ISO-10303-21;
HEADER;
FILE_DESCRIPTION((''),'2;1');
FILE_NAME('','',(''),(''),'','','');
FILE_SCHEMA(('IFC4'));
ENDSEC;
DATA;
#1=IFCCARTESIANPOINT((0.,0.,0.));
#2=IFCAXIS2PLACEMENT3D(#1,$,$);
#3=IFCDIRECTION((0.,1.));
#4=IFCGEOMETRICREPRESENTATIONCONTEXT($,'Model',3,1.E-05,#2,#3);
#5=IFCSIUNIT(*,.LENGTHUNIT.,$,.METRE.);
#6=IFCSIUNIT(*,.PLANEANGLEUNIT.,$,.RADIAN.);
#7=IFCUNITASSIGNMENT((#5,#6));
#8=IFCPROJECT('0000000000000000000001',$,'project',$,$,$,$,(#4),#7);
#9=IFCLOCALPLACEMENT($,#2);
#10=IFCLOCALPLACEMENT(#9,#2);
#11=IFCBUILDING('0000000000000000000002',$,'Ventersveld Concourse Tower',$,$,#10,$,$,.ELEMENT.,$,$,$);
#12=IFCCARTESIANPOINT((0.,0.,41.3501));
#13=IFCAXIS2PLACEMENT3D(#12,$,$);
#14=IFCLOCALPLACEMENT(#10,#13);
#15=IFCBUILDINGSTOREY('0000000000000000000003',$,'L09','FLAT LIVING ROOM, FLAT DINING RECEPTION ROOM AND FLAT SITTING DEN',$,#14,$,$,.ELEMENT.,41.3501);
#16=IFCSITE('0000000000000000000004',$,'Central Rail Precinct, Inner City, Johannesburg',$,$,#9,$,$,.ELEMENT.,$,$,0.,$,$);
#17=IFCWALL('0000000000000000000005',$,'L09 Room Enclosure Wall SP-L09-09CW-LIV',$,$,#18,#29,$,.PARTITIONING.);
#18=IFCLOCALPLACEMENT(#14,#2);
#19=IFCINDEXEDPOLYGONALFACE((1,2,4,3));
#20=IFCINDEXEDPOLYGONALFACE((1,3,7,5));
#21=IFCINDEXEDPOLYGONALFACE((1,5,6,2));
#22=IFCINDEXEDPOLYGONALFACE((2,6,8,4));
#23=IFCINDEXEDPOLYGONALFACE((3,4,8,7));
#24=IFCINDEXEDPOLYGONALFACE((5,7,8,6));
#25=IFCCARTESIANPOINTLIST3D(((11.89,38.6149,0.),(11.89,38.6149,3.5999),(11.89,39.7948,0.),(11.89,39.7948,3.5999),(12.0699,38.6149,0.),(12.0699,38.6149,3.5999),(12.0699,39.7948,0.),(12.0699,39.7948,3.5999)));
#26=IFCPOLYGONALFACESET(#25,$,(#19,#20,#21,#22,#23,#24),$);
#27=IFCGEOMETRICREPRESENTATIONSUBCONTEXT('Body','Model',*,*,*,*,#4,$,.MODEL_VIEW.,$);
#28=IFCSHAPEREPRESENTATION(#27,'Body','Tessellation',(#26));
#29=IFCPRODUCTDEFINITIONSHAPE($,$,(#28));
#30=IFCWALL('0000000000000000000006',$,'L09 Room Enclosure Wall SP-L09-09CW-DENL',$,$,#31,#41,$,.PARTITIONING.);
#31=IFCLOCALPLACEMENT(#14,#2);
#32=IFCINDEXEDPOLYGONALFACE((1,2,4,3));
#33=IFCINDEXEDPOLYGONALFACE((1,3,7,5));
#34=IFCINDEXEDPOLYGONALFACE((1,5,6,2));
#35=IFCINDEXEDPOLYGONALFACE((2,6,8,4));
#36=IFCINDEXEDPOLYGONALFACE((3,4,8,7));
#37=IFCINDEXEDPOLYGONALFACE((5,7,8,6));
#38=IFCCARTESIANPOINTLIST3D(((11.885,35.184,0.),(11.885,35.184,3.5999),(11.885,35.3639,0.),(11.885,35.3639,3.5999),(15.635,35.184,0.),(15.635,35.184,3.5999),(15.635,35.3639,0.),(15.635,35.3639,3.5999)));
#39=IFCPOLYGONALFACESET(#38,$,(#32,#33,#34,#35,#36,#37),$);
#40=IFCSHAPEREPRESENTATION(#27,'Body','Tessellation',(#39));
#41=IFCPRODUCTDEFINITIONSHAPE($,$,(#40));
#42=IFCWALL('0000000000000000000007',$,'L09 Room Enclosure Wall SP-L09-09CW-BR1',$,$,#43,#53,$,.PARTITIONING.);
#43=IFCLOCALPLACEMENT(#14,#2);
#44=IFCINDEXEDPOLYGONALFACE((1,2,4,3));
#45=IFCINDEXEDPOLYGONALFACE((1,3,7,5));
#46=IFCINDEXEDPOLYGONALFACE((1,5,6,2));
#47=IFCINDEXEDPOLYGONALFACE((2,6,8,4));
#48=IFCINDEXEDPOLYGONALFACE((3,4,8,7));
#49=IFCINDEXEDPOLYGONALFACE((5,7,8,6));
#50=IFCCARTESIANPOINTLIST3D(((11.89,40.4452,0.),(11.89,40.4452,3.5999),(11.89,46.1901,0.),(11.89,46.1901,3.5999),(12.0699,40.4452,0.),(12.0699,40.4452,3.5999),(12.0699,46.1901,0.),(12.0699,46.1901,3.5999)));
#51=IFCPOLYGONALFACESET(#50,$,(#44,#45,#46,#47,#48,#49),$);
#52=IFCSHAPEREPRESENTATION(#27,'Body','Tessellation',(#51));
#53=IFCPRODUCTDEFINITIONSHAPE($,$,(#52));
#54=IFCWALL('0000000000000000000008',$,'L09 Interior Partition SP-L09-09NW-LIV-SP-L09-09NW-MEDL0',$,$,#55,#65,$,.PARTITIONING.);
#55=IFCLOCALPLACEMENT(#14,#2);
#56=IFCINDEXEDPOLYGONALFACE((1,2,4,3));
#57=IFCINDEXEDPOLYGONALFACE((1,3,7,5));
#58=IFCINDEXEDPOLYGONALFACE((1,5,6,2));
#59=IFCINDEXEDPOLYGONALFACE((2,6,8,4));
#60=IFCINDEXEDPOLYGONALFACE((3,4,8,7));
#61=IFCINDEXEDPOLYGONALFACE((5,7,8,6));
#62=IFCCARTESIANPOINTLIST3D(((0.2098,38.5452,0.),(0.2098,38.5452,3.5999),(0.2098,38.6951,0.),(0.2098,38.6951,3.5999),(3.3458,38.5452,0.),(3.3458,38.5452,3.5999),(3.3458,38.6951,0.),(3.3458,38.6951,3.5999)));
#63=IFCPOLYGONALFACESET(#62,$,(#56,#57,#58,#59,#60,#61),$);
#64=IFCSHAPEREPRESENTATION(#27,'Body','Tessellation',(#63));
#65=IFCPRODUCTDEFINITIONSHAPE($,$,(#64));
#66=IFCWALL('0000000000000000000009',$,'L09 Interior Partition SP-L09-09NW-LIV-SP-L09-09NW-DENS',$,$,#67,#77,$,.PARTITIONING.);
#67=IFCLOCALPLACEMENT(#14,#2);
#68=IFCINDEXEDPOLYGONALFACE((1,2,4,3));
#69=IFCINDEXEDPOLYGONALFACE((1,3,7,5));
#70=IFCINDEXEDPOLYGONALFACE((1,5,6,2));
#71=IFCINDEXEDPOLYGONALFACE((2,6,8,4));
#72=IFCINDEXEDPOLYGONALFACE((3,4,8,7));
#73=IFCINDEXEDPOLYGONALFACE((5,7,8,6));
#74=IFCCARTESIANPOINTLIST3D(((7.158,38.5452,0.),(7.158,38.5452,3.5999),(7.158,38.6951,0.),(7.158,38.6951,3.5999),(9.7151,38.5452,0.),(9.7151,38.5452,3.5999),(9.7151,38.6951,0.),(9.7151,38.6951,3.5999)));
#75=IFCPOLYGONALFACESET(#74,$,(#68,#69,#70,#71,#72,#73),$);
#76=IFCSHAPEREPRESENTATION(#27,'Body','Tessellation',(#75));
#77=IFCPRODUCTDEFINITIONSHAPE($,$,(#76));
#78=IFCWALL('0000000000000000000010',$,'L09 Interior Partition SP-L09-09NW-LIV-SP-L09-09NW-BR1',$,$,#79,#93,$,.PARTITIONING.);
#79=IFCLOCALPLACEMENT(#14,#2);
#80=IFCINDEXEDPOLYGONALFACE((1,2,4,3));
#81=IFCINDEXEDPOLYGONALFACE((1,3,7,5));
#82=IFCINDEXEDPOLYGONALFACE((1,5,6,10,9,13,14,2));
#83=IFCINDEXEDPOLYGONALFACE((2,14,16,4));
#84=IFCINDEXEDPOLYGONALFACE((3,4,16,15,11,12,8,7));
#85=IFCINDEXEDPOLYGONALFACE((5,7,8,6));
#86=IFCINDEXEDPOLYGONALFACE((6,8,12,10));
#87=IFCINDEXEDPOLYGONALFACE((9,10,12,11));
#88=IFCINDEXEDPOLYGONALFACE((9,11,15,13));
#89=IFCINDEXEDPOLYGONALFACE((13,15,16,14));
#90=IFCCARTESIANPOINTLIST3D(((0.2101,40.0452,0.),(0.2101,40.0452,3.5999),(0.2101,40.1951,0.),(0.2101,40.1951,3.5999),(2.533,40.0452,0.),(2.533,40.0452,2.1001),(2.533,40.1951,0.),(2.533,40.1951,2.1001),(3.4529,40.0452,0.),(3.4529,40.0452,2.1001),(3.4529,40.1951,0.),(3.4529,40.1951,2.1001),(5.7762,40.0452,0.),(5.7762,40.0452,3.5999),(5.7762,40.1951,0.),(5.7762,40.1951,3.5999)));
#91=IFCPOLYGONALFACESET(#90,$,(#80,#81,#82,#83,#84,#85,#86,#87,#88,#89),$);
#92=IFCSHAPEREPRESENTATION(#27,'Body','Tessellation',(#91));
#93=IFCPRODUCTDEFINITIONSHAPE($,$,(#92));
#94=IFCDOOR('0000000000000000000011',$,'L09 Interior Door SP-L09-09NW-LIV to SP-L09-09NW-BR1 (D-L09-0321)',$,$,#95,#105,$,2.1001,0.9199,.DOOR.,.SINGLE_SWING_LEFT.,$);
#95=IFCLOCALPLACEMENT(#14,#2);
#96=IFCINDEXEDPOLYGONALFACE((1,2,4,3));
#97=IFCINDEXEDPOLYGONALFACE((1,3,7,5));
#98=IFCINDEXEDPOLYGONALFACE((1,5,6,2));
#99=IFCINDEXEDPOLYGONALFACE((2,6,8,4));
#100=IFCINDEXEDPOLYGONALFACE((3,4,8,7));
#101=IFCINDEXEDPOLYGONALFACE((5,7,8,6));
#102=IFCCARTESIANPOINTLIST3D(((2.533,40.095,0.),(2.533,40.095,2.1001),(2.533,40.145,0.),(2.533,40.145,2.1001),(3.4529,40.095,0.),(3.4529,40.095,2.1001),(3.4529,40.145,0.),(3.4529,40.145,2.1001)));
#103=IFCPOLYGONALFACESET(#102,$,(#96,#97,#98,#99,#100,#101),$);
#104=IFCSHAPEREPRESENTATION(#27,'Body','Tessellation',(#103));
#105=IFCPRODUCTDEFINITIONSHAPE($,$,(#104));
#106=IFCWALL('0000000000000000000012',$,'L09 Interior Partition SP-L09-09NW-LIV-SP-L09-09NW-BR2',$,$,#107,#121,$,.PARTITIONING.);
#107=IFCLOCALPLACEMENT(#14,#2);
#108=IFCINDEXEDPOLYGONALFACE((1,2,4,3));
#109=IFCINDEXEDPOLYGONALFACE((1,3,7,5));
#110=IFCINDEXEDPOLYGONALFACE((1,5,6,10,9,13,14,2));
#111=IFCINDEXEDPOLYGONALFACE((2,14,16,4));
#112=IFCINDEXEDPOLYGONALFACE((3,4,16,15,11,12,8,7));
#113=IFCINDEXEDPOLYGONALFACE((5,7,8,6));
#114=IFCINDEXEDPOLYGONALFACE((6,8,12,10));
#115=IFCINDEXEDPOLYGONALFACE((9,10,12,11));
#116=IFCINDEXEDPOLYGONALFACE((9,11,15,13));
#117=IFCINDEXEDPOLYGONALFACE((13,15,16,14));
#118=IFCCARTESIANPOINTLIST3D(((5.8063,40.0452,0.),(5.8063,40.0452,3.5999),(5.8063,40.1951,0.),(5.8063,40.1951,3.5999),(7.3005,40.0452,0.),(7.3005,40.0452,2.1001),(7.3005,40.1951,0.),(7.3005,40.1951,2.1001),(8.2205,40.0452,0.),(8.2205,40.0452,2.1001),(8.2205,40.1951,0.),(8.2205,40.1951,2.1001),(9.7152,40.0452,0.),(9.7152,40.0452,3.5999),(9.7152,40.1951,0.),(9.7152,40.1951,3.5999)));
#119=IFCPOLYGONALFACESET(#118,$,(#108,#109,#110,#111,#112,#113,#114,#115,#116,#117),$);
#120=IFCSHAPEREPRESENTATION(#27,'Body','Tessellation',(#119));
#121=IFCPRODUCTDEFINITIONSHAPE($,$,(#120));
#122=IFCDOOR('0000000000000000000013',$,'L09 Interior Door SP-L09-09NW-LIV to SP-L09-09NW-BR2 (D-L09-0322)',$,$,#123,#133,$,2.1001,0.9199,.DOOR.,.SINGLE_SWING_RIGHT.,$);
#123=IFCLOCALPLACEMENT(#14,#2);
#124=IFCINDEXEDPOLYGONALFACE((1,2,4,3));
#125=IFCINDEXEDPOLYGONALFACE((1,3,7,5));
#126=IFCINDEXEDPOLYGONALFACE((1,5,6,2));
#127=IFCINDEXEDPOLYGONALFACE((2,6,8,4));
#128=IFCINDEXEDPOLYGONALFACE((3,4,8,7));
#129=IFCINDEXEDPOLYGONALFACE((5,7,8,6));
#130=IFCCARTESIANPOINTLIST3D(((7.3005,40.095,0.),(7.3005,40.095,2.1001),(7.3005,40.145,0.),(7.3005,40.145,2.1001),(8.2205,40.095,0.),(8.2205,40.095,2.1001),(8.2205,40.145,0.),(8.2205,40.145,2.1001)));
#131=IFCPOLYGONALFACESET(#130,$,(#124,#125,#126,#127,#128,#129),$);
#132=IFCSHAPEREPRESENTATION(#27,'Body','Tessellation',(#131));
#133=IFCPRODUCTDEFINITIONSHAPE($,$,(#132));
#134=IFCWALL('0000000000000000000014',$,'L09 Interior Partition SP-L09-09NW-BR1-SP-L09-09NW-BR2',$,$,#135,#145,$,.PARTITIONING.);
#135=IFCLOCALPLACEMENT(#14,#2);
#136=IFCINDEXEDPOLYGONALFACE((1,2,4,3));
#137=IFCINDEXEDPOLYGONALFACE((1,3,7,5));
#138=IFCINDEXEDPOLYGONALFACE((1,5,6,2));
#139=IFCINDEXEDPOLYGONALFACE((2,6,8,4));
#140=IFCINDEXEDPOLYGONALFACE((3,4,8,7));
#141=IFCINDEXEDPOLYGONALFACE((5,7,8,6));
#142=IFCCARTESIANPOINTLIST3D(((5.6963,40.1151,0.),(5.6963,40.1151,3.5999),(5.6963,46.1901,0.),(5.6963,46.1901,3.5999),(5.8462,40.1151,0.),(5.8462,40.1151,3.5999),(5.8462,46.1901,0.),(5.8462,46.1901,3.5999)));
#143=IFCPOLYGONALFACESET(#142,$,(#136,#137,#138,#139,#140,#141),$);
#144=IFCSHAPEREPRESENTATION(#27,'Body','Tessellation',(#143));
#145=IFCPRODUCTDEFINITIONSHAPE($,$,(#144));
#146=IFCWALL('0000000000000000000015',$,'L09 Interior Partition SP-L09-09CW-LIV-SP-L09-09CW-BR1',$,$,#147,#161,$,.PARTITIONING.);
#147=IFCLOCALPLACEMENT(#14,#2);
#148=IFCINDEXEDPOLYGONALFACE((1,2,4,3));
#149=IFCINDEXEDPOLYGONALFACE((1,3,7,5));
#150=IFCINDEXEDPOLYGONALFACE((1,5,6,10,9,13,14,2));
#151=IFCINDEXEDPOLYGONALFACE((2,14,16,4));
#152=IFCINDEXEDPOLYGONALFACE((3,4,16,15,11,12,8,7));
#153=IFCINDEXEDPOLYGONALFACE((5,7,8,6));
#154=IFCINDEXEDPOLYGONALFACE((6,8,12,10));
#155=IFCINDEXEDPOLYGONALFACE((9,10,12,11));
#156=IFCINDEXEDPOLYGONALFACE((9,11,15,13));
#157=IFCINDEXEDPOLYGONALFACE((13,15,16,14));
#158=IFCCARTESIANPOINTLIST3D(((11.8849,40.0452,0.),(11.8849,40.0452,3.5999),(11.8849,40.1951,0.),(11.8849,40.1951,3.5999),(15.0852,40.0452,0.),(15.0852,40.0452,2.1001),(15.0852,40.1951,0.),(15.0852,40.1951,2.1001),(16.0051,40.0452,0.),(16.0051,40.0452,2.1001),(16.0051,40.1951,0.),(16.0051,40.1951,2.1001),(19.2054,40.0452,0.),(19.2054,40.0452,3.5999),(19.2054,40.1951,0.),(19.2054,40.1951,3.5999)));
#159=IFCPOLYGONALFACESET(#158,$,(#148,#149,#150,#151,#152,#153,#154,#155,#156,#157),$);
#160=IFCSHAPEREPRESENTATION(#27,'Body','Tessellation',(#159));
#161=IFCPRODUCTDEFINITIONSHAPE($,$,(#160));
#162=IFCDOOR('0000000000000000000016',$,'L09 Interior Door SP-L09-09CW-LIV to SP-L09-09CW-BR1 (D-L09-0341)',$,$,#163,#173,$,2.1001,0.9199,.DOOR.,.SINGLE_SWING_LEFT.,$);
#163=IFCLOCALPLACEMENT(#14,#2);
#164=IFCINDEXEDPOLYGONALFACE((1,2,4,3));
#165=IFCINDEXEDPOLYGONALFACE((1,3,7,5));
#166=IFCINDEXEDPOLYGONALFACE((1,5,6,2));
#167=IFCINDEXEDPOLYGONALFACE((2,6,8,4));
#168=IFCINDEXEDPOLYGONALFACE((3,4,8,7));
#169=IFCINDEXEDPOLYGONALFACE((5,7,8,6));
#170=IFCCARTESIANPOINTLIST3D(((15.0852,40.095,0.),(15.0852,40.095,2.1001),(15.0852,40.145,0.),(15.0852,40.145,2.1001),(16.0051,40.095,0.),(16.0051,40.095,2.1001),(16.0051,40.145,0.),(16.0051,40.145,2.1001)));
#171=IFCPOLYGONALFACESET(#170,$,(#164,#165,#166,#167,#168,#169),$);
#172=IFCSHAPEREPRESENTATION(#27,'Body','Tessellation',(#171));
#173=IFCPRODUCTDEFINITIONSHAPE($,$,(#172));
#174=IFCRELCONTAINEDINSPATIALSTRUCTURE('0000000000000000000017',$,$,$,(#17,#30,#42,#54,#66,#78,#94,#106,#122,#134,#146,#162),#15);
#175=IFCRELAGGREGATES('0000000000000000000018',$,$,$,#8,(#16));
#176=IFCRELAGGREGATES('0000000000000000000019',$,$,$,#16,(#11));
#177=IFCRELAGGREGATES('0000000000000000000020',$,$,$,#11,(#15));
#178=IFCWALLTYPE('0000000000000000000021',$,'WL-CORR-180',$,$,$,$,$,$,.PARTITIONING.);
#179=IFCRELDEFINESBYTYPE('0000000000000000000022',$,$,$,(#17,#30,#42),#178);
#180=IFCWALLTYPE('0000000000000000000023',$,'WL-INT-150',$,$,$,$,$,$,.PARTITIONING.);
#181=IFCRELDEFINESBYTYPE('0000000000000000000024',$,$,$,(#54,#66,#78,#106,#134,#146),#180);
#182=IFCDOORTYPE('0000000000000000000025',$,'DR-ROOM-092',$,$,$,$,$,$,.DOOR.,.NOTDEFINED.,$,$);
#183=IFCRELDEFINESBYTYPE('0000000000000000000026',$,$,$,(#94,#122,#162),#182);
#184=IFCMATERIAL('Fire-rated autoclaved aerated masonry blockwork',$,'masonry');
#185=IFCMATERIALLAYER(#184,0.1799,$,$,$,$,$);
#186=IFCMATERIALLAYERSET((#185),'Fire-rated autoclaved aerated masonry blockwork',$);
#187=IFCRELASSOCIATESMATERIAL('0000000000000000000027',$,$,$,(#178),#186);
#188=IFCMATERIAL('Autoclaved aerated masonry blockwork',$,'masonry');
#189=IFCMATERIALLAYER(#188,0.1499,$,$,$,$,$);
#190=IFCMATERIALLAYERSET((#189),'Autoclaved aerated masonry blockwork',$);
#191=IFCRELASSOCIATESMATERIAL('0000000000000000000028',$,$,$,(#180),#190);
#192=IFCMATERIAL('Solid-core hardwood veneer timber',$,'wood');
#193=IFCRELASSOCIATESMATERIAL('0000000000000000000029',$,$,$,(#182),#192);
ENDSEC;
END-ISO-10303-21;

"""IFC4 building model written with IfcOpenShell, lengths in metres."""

from ifc_helpers import new_model, si_unit, direction, frame, frame_2d, origin, place, context, subcontext, project, spatial, rectangle, extrude, material, layer, layer_set, type_object, element, fill, save


model = new_model("IFC4")

# Units and contexts
model_context = context("Model", 3, precision=1e-05, world=origin(), true_north=direction((0.0, 1.0)))
body_context = subcontext(model_context, "Body", "Model", "MODEL_VIEW")
ifc_project = project(units=[si_unit("LENGTHUNIT", "METRE"), si_unit("PLANEANGLEUNIT", "RADIAN")], contexts=[model_context])

# Site, building, storey
site_placement = place(None, origin())
site = spatial("IfcSite", under=ifc_project, at=site_placement, Name="Central Rail Precinct, Inner City, Johannesburg", CompositionType="ELEMENT", RefElevation=0.0)
building_placement = place(site_placement, origin())
building = spatial("IfcBuilding", under=site, at=building_placement, Name="Ventersveld Concourse Tower", CompositionType="ELEMENT")
storey_placement = place(building_placement, frame((0.0, 0.0, 41.3501)))
storey = spatial("IfcBuildingStorey", under=building, at=storey_placement, Name="L09", Description="FLAT LIVING ROOM, FLAT DINING RECEPTION ROOM AND FLAT SITTING DEN", CompositionType="ELEMENT", Elevation=41.3501)

# Walls
ifc_material_1 = material(Name="Fire-rated autoclaved aerated masonry blockwork", Category="masonry")
ifc_layer_1 = layer(ifc_material_1, 0.1799)
ifc_layer_set_1 = layer_set([ifc_layer_1], Name="Fire-rated autoclaved aerated masonry blockwork")
wall_type_1 = type_object("IfcWallType", Name="WL-CORR-180", PredefinedType="PARTITIONING", material=ifc_layer_set_1)
wall_1_placement = place(storey_placement, frame((11.98, 38.615, 0.0), z_axis=(0.0, 0.0, 1.0), x_axis=(0.0, 1.0, 0.0)))
element("IfcWall", 1, at=wall_1_placement, inside=storey, type_object=wall_type_1, Name="L09 Room Enclosure Wall SP-L09-09CW-LIV", PredefinedType="PARTITIONING", context=body_context, shape_type="SweptSolid", body=[
    extrude(rectangle(XDim=1.1799, YDim=0.1799, at=frame_2d((0.5898, 0.0))), origin(), (0.0, 0.0, 1.0), 3.5999),
])
wall_2_placement = place(storey_placement, frame((11.885, 35.2739, 0.0), z_axis=(0.0, 0.0, 1.0), x_axis=(1.0, 0.0, 0.0)))
element("IfcWall", 2, at=wall_2_placement, inside=storey, type_object=wall_type_1, Name="L09 Room Enclosure Wall SP-L09-09CW-DENL", PredefinedType="PARTITIONING", context=body_context, shape_type="SweptSolid", body=[
    extrude(rectangle(XDim=3.75, YDim=0.1799, at=frame_2d((1.875, 0.0))), origin(), (0.0, 0.0, 1.0), 3.5999),
])
wall_3_placement = place(storey_placement, frame((11.98, 40.4451, 0.0), z_axis=(0.0, 0.0, 1.0), x_axis=(0.0, 1.0, 0.0)))
element("IfcWall", 3, at=wall_3_placement, inside=storey, type_object=wall_type_1, Name="L09 Room Enclosure Wall SP-L09-09CW-BR1", PredefinedType="PARTITIONING", context=body_context, shape_type="SweptSolid", body=[
    extrude(rectangle(XDim=5.7449, YDim=0.1799, at=frame_2d((2.8726, 0.0))), origin(), (0.0, 0.0, 1.0), 3.5999),
])
ifc_material_2 = material(Name="Autoclaved aerated masonry blockwork", Category="masonry")
ifc_layer_2 = layer(ifc_material_2, 0.1499)
ifc_layer_set_2 = layer_set([ifc_layer_2], Name="Autoclaved aerated masonry blockwork")
wall_type_2 = type_object("IfcWallType", Name="WL-INT-150", PredefinedType="PARTITIONING", material=ifc_layer_set_2)
wall_4_placement = place(storey_placement, frame((0.21, 38.6201, 0.0), z_axis=(0.0, 0.0, 1.0), x_axis=(1.0, 0.0, 0.0)))
element("IfcWall", 4, at=wall_4_placement, inside=storey, type_object=wall_type_2, Name="L09 Interior Partition SP-L09-09NW-LIV-SP-L09-09NW-MEDL0", PredefinedType="PARTITIONING", context=body_context, shape_type="SweptSolid", body=[
    extrude(rectangle(XDim=3.136, YDim=0.1499, at=frame_2d((1.5679, 0.0))), origin(), (0.0, 0.0, 1.0), 3.5999),
])
wall_5_placement = place(storey_placement, frame((7.158, 38.6201, 0.0), z_axis=(0.0, 0.0, 1.0), x_axis=(1.0, 0.0, 0.0)))
element("IfcWall", 5, at=wall_5_placement, inside=storey, type_object=wall_type_2, Name="L09 Interior Partition SP-L09-09NW-LIV-SP-L09-09NW-DENS", PredefinedType="PARTITIONING", context=body_context, shape_type="SweptSolid", body=[
    extrude(rectangle(XDim=2.5571, YDim=0.1499, at=frame_2d((1.2786, 0.0))), origin(), (0.0, 0.0, 1.0), 3.5999),
])

# Walls, openings, doors
wall_6_placement = place(storey_placement, frame((0.21, 40.1201, 0.0), z_axis=(0.0, 0.0, 1.0), x_axis=(1.0, 0.0, 0.0)))
wall_6 = element("IfcWall", 6, at=wall_6_placement, inside=storey, type_object=wall_type_2, Name="L09 Interior Partition SP-L09-09NW-LIV-SP-L09-09NW-BR1", PredefinedType="PARTITIONING", context=body_context, shape_type="SweptSolid", body=[
    extrude(rectangle(XDim=5.5662, YDim=0.1499, at=frame_2d((2.7832, 0.0))), origin(), (0.0, 0.0, 1.0), 3.5999),
])
opening_1_placement = place(wall_6_placement, frame((2.323, 0.0, 0.0)))
opening_1 = element("IfcOpeningElement", 7, at=opening_1_placement, cuts=wall_6, PredefinedType="OPENING", context=body_context, shape_type="SweptSolid", body=[
    extrude(rectangle(XDim=0.9199, YDim=2.1001, at=frame_2d((0.46, 1.05))), frame((0.0, 0.085, 0.0), z_axis=(0.0, -1.0, 0.0), x_axis=(1.0, 0.0, 0.0)), (0.0, 0.0, 1.0), 0.1699),
])
ifc_material_3 = material(Name="Solid-core hardwood veneer timber", Category="wood")
door_type = type_object("IfcDoorType", Name="DR-ROOM-092", OperationType="NOTDEFINED", PredefinedType="DOOR", material=ifc_material_3)
door_1_placement = place(opening_1_placement, origin())
door_1 = element("IfcDoor", 8, at=door_1_placement, inside=storey, type_object=door_type, Name="L09 Interior Door SP-L09-09NW-LIV to SP-L09-09NW-BR1 (D-L09-0321)", OperationType="SINGLE_SWING_LEFT", OverallHeight=2.1001, OverallWidth=0.9199, PredefinedType="DOOR", context=body_context, shape_type="SweptSolid", body=[
    extrude(rectangle(XDim=0.9199, YDim=2.1001, at=frame_2d((0.46, 1.05))), frame((0.0, 0.0249, 0.0), z_axis=(0.0, -1.0, 0.0), x_axis=(1.0, 0.0, 0.0)), (0.0, 0.0, 1.0), 0.05),
])
fill(opening_1, door_1)
wall_7_placement = place(storey_placement, frame((5.8062, 40.1201, 0.0), z_axis=(0.0, 0.0, 1.0), x_axis=(1.0, 0.0, 0.0)))
wall_7 = element("IfcWall", 9, at=wall_7_placement, inside=storey, type_object=wall_type_2, Name="L09 Interior Partition SP-L09-09NW-LIV-SP-L09-09NW-BR2", PredefinedType="PARTITIONING", context=body_context, shape_type="SweptSolid", body=[
    extrude(rectangle(XDim=3.9089, YDim=0.1499, at=frame_2d((1.9546, 0.0))), origin(), (0.0, 0.0, 1.0), 3.5999),
])
opening_2_placement = place(wall_7_placement, frame((1.4944, 0.0, 0.0)))
opening_2 = element("IfcOpeningElement", 10, at=opening_2_placement, cuts=wall_7, PredefinedType="OPENING", context=body_context, shape_type="SweptSolid", body=[
    extrude(rectangle(XDim=0.9199, YDim=2.1001, at=frame_2d((0.46, 1.05))), frame((0.0, 0.085, 0.0), z_axis=(0.0, -1.0, 0.0), x_axis=(1.0, 0.0, 0.0)), (0.0, 0.0, 1.0), 0.1699),
])
door_2_placement = place(opening_2_placement, origin())
door_2 = element("IfcDoor", 11, at=door_2_placement, inside=storey, type_object=door_type, Name="L09 Interior Door SP-L09-09NW-LIV to SP-L09-09NW-BR2 (D-L09-0322)", OperationType="SINGLE_SWING_RIGHT", OverallHeight=2.1001, OverallWidth=0.9199, PredefinedType="DOOR", context=body_context, shape_type="SweptSolid", body=[
    extrude(rectangle(XDim=0.9199, YDim=2.1001, at=frame_2d((0.46, 1.05))), frame((0.0, 0.0249, 0.0), z_axis=(0.0, -1.0, 0.0), x_axis=(1.0, 0.0, 0.0)), (0.0, 0.0, 1.0), 0.05),
])
fill(opening_2, door_2)

# Wall
wall_8_placement = place(storey_placement, frame((5.7712, 40.115, 0.0), z_axis=(0.0, 0.0, 1.0), x_axis=(0.0, 1.0, 0.0)))
element("IfcWall", 12, at=wall_8_placement, inside=storey, type_object=wall_type_2, Name="L09 Interior Partition SP-L09-09NW-BR1-SP-L09-09NW-BR2", PredefinedType="PARTITIONING", context=body_context, shape_type="SweptSolid", body=[
    extrude(rectangle(XDim=6.075, YDim=0.1499, at=frame_2d((3.0376, 0.0))), origin(), (0.0, 0.0, 1.0), 3.5999),
])

# Wall, opening, door
wall_9_placement = place(storey_placement, frame((11.885, 40.1201, 0.0), z_axis=(0.0, 0.0, 1.0), x_axis=(1.0, 0.0, 0.0)))
wall_9 = element("IfcWall", 13, at=wall_9_placement, inside=storey, type_object=wall_type_2, Name="L09 Interior Partition SP-L09-09CW-LIV-SP-L09-09CW-BR1", PredefinedType="PARTITIONING", context=body_context, shape_type="SweptSolid", body=[
    extrude(rectangle(XDim=7.3206, YDim=0.1499, at=frame_2d((3.6602, 0.0))), origin(), (0.0, 0.0, 1.0), 3.5999),
])
opening_3_placement = place(wall_9_placement, frame((3.2002, 0.0, 0.0)))
opening_3 = element("IfcOpeningElement", 14, at=opening_3_placement, cuts=wall_9, PredefinedType="OPENING", context=body_context, shape_type="SweptSolid", body=[
    extrude(rectangle(XDim=0.9199, YDim=2.1001, at=frame_2d((0.46, 1.05))), frame((0.0, 0.085, 0.0), z_axis=(0.0, -1.0, 0.0), x_axis=(1.0, 0.0, 0.0)), (0.0, 0.0, 1.0), 0.1699),
])
door_3_placement = place(opening_3_placement, origin())
door_3 = element("IfcDoor", 15, at=door_3_placement, inside=storey, type_object=door_type, Name="L09 Interior Door SP-L09-09CW-LIV to SP-L09-09CW-BR1 (D-L09-0341)", OperationType="SINGLE_SWING_LEFT", OverallHeight=2.1001, OverallWidth=0.9199, PredefinedType="DOOR", context=body_context, shape_type="SweptSolid", body=[
    extrude(rectangle(XDim=0.9199, YDim=2.1001, at=frame_2d((0.46, 1.05))), frame((0.0, 0.0249, 0.0), z_axis=(0.0, -1.0, 0.0), x_axis=(1.0, 0.0, 0.0)), (0.0, 0.0, 1.0), 0.05),
])
fill(opening_3, door_3)

save(model, "model.ifc")
